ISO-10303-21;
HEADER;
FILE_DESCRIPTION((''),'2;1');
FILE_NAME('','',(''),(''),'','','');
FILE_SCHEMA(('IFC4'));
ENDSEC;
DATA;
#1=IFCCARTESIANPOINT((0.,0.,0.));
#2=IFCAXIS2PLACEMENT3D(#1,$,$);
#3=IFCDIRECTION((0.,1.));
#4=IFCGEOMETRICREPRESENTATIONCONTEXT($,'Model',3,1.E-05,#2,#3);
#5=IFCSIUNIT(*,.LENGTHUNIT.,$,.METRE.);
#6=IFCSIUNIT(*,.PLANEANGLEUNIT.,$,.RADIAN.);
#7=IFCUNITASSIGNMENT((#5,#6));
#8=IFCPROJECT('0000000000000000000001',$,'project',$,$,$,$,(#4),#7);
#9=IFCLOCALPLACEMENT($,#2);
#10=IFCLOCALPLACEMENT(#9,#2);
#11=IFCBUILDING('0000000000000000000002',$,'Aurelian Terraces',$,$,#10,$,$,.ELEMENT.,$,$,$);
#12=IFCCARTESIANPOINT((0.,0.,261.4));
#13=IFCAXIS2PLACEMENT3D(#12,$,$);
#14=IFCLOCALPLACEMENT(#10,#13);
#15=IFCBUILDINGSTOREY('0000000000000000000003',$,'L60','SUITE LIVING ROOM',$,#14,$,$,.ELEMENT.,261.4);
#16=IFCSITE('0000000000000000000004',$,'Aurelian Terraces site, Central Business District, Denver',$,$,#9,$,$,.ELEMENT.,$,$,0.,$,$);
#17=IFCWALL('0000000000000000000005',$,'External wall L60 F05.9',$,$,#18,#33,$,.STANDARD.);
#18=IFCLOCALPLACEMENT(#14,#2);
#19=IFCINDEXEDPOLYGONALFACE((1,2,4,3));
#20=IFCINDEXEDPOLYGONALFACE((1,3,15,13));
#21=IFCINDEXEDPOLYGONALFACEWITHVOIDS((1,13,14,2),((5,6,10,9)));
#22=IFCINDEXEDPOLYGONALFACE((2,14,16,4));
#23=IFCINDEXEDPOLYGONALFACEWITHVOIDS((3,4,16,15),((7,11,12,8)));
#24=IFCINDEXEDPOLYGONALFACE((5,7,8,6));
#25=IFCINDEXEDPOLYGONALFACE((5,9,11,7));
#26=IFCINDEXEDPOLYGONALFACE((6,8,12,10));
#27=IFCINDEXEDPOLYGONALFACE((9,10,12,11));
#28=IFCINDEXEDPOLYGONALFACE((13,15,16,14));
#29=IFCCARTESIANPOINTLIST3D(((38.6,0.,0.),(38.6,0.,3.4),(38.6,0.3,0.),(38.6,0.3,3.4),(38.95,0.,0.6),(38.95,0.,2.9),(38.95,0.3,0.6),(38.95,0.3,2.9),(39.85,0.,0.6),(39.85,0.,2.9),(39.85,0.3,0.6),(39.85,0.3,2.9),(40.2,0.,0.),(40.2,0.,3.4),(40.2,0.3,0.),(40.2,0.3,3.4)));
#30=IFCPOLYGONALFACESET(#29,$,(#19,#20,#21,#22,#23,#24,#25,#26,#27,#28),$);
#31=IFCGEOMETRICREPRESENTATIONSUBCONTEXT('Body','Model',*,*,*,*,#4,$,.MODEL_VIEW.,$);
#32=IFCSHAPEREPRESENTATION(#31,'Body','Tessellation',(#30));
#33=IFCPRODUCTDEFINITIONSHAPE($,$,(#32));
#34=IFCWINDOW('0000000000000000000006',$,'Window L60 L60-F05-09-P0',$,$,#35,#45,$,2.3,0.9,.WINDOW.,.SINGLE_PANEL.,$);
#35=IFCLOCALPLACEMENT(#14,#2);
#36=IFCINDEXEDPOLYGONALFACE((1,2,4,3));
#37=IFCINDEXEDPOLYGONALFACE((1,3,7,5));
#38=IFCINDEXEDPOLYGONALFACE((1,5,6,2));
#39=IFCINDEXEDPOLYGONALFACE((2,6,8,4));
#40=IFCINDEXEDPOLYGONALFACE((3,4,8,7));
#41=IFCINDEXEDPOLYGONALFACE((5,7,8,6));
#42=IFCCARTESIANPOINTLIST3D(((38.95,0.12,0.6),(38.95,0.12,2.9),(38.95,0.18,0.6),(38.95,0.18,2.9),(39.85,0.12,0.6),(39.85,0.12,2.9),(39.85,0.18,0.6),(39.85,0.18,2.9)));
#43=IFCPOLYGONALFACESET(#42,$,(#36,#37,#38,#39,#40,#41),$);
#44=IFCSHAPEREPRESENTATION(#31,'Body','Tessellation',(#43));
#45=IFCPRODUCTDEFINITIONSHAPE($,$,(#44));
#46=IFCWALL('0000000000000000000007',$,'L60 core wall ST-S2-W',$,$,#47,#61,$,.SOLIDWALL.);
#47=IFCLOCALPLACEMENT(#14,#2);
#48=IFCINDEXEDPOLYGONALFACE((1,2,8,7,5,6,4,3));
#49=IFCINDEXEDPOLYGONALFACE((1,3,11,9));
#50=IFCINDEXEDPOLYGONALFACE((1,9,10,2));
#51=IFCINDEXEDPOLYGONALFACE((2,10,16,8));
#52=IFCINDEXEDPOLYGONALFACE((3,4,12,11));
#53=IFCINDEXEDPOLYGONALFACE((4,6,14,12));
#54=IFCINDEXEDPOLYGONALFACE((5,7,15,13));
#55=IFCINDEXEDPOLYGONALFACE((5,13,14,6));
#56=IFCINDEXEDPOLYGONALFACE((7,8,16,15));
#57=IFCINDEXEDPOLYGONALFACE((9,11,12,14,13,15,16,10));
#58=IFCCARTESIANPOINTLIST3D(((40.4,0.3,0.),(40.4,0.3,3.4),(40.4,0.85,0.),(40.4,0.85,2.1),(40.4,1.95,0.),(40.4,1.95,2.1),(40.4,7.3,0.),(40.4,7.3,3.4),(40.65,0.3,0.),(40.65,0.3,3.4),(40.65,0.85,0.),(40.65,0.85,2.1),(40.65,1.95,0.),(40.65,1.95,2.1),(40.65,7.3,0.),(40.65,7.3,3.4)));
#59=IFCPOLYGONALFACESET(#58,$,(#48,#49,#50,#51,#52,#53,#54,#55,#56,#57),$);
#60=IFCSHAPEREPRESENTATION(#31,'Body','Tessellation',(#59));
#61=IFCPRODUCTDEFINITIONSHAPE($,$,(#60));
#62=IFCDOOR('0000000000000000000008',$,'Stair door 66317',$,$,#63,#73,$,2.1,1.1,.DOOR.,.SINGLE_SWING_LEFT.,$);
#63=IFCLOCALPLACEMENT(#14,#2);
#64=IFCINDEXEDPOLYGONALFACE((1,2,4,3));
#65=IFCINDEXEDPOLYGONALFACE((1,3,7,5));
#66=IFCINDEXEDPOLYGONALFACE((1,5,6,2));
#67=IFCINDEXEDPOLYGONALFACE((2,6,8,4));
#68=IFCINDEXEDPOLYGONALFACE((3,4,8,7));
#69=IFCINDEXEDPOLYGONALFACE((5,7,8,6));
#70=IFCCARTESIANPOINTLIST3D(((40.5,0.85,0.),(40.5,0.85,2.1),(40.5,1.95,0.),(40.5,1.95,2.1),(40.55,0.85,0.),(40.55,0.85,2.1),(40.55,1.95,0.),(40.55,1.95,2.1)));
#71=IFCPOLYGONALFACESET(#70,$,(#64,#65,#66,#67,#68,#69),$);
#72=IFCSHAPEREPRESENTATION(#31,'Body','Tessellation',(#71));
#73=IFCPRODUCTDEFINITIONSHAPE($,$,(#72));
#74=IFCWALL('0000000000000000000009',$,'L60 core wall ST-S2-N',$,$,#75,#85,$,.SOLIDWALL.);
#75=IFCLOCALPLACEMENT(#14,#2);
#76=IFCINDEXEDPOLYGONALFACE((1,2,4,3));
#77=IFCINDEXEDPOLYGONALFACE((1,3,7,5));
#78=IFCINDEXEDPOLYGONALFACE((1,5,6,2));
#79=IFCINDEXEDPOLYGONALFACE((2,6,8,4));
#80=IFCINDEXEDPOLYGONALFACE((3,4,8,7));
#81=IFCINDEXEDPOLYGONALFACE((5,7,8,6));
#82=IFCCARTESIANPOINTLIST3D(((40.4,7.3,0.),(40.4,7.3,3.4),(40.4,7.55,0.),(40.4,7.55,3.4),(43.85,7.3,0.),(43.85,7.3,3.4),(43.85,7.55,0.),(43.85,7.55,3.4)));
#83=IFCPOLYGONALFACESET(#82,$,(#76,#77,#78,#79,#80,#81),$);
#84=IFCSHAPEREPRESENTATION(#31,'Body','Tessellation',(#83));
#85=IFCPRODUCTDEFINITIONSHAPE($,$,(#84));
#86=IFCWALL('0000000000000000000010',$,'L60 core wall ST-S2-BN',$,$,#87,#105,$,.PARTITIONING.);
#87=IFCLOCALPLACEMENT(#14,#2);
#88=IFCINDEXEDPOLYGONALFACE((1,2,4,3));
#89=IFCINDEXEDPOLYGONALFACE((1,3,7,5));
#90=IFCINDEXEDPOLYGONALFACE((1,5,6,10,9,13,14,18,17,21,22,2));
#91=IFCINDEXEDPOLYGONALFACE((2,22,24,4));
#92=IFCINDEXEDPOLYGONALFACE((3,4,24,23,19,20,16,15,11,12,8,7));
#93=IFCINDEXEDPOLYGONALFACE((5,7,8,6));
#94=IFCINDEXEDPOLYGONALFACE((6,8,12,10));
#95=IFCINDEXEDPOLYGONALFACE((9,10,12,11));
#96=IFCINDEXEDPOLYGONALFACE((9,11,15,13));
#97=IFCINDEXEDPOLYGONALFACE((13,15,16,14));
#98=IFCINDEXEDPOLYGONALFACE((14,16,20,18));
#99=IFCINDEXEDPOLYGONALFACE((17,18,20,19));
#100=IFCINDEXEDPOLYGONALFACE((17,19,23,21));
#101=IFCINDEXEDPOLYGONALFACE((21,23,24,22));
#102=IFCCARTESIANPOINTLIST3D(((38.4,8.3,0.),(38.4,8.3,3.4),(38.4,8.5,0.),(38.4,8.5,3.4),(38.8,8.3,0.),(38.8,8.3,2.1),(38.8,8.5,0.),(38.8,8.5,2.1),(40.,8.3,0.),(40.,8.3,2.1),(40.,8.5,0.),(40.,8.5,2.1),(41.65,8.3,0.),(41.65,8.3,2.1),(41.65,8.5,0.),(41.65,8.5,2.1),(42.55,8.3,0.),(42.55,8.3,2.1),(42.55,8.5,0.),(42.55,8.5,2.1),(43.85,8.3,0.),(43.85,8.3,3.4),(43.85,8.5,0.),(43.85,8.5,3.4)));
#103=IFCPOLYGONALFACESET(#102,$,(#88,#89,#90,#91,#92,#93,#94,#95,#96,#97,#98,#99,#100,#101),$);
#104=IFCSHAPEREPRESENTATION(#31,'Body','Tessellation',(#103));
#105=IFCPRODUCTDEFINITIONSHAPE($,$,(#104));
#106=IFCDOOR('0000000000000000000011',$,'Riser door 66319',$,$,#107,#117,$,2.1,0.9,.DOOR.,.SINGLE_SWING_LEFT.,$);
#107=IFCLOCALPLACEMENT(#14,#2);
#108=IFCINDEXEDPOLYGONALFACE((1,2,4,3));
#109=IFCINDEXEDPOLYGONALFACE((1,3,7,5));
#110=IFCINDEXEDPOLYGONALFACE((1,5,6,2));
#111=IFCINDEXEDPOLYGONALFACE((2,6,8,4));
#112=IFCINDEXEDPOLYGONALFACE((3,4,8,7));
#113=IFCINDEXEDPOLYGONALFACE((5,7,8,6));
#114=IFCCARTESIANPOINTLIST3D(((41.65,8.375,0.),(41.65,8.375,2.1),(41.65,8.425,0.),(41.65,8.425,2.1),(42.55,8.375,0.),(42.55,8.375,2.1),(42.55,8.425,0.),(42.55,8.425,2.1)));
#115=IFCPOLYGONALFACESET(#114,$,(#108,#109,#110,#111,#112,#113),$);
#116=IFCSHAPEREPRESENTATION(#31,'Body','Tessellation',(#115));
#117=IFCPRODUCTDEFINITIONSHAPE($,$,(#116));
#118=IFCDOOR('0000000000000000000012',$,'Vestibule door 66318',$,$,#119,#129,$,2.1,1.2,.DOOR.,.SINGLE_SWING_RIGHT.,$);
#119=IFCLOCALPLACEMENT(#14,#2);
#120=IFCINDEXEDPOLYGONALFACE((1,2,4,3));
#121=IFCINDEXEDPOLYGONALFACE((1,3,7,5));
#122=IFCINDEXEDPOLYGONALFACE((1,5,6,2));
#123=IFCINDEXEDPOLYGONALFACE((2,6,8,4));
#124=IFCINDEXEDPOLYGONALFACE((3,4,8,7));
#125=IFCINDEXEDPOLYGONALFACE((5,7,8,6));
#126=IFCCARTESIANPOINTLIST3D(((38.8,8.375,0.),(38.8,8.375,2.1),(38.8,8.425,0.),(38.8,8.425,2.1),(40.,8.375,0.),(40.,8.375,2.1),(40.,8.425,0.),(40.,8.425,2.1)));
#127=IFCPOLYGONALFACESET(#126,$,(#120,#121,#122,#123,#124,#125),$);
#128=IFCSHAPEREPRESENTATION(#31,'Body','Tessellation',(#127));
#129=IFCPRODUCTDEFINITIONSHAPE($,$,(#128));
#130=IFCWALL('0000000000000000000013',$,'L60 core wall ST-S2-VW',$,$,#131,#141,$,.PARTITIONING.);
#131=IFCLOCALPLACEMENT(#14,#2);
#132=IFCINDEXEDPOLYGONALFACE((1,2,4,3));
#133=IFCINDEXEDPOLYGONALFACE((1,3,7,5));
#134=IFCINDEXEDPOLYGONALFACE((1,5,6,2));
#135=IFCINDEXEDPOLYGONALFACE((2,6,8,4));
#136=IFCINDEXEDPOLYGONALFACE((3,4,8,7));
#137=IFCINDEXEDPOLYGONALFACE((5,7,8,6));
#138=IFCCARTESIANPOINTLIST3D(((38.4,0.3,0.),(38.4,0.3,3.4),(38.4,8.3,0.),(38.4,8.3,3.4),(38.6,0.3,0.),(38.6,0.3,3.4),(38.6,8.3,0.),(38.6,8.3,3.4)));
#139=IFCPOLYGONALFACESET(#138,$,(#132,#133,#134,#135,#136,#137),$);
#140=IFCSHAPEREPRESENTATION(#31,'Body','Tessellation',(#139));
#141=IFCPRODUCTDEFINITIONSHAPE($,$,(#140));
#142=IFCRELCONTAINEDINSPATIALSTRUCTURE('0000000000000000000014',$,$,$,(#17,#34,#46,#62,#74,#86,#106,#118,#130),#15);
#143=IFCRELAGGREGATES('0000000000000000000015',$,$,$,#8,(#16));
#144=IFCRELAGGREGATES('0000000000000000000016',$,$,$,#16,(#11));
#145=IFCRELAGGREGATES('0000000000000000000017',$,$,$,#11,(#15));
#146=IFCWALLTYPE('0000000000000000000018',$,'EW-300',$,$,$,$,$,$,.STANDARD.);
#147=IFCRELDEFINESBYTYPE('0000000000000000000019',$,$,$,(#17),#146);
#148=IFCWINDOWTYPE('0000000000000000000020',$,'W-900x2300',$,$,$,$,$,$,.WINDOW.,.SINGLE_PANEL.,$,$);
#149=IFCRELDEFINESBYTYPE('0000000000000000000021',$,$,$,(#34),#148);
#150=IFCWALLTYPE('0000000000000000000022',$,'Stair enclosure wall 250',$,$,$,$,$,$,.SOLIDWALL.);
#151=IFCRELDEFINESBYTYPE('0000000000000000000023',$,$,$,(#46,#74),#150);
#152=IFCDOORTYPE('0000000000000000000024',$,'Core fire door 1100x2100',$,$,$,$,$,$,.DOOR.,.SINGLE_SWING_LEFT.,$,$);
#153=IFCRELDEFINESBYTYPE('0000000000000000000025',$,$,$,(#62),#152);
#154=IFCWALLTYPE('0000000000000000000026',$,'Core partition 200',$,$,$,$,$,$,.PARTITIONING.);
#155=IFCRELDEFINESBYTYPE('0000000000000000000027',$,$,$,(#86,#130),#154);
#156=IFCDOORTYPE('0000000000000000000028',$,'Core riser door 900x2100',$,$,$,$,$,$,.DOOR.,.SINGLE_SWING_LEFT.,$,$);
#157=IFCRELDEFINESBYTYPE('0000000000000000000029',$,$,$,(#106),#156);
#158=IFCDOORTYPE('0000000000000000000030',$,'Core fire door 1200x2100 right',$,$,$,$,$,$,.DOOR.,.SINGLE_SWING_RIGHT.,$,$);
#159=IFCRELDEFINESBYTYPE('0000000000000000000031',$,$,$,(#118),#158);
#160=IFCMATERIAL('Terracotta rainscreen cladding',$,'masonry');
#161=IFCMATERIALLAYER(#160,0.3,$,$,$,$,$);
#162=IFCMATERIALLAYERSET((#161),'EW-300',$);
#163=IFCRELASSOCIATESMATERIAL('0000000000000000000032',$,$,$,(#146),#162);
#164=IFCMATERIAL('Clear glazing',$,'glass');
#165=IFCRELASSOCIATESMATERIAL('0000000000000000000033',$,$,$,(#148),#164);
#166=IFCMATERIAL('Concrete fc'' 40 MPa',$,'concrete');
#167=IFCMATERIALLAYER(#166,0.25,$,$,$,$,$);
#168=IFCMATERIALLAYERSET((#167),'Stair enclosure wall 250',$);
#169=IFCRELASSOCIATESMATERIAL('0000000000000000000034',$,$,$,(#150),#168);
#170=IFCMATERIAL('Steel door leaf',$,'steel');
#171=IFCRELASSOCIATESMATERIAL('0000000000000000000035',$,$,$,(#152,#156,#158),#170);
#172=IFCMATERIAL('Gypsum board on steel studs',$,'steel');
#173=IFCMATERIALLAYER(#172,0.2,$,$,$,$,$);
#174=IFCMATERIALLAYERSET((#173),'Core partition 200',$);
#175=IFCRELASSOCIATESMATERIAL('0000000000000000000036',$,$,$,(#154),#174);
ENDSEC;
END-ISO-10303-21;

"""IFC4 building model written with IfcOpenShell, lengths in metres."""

from ifc_helpers import new_model, si_unit, direction, frame, frame_2d, origin, place, context, subcontext, project, spatial, rectangle, extrude, source, transform, mapped, material, layer, layer_set, type_object, element, fill, save


model = new_model("IFC4")

# Units and contexts
model_context = context("Model", 3, precision=1e-05, world=origin(), true_north=direction((0.0, 1.0)))
body_context = subcontext(model_context, "Body", "Model", "MODEL_VIEW")
ifc_project = project(units=[si_unit("LENGTHUNIT", "METRE"), si_unit("PLANEANGLEUNIT", "RADIAN")], contexts=[model_context])

# Site, building, storey
site_placement = place(None, origin())
site = spatial("IfcSite", under=ifc_project, at=site_placement, Name="Aurelian Terraces site, Central Business District, Denver", CompositionType="ELEMENT", RefElevation=0.0)
building_placement = place(site_placement, origin())
building = spatial("IfcBuilding", under=site, at=building_placement, Name="Aurelian Terraces", CompositionType="ELEMENT")
storey_placement = place(building_placement, frame((0.0, 0.0, 261.4)))
storey = spatial("IfcBuildingStorey", under=building, at=storey_placement, Name="L60", Description="SUITE LIVING ROOM", CompositionType="ELEMENT", Elevation=261.4)

# Shared definitions
ifc_material_1 = material(Name="Concrete fc' 40 MPa", Category="concrete")

# Shared definitions
ifc_material_2 = material(Name="Terracotta rainscreen cladding", Category="masonry")
ifc_layer_1 = layer(ifc_material_2, 0.3)
ifc_layer_set_1 = layer_set([ifc_layer_1], Name="EW-300")
wall_type_1 = type_object("IfcWallType", Name="EW-300", PredefinedType="STANDARD", material=ifc_layer_set_1)
ifc_material_3 = material(Name="Clear glazing", Category="glass")

# Wall, opening, window
shared_shape_1 = source(origin(), body_context, "Body", "SweptSolid", [
    extrude(rectangle(XDim=1.6, YDim=0.3, at=frame_2d((0.8, 0.0))), origin(), (0.0, 0.0, 1.0), 3.4),
])
wall_1_placement = place(storey_placement, frame((38.6, 0.15, 0.0), z_axis=(0.0, 0.0, 1.0), x_axis=(1.0, 0.0, 0.0)))
wall_1 = element("IfcWall", 1, at=wall_1_placement, inside=storey, type_object=wall_type_1, Name="External wall L60 F05.9", PredefinedType="STANDARD", context=body_context, shape_type="MappedRepresentation", body=[
    mapped(shared_shape_1, transform((0.0, 0.0, 0.0), scale=1.0)),
])
shared_shape_2 = source(origin(), body_context, "Body", "SweptSolid", [
    extrude(rectangle(XDim=0.9, YDim=2.3, at=frame_2d((0.45, 1.15))), frame((0.0, 0.16, 0.0), z_axis=(0.0, -1.0, 0.0), x_axis=(1.0, 0.0, 0.0)), (0.0, 0.0, 1.0), 0.32),
])
opening_1_placement = place(wall_1_placement, frame((0.35, 0.0, 0.6)))
opening_1 = element("IfcOpeningElement", 2, at=opening_1_placement, cuts=wall_1, PredefinedType="OPENING", context=body_context, shape_type="MappedRepresentation", body=[
    mapped(shared_shape_2, transform((0.0, 0.0, 0.0), scale=1.0)),
])
window_type_1 = type_object("IfcWindowType", Name="W-900x2300", PartitioningType="SINGLE_PANEL", PredefinedType="WINDOW", material=ifc_material_3)
shared_shape_3 = source(origin(), body_context, "Body", "SweptSolid", [
    extrude(rectangle(XDim=0.9, YDim=2.3, at=frame_2d((0.45, 1.15))), frame((0.0, 0.03, 0.0), z_axis=(0.0, -1.0, 0.0), x_axis=(1.0, 0.0, 0.0)), (0.0, 0.0, 1.0), 0.06),
])
window_1_placement = place(opening_1_placement, origin())
window_1 = element("IfcWindow", 3, at=window_1_placement, inside=storey, type_object=window_type_1, Name="Window L60 L60-F05-09-P0", OverallHeight=2.3, OverallWidth=0.9, PartitioningType="SINGLE_PANEL", PredefinedType="WINDOW", context=body_context, shape_type="MappedRepresentation", body=[
    mapped(shared_shape_3, transform((0.0, 0.0, 0.0), scale=1.0)),
])
fill(opening_1, window_1)

# Wall, opening, door
ifc_layer_2 = layer(ifc_material_1, 0.25)
ifc_layer_set_2 = layer_set([ifc_layer_2], Name="Stair enclosure wall 250")
wall_type_2 = type_object("IfcWallType", Name="Stair enclosure wall 250", PredefinedType="SOLIDWALL", material=ifc_layer_set_2)
shared_shape_4 = source(origin(), body_context, "Body", "SweptSolid", [
    extrude(rectangle(XDim=7.0, YDim=0.25, at=frame_2d((3.5, 0.0))), origin(), (0.0, 0.0, 1.0), 3.4),
])
wall_2_placement = place(storey_placement, frame((40.525, 0.3, 0.0), z_axis=(0.0, 0.0, 1.0), x_axis=(0.0, 1.0, 0.0)))
wall_2 = element("IfcWall", 4, at=wall_2_placement, inside=storey, type_object=wall_type_2, Name="L60 core wall ST-S2-W", PredefinedType="SOLIDWALL", context=body_context, shape_type="MappedRepresentation", body=[
    mapped(shared_shape_4, transform((0.0, 0.0, 0.0), scale=1.0)),
])
shared_shape_5 = source(origin(), body_context, "Body", "SweptSolid", [
    extrude(rectangle(XDim=1.1, YDim=2.1, at=frame_2d((0.55, 1.05))), frame((0.0, 0.135, 0.0), z_axis=(0.0, -1.0, 0.0), x_axis=(1.0, 0.0, 0.0)), (0.0, 0.0, 1.0), 0.27),
])
opening_2_placement = place(wall_2_placement, frame((0.55, 0.0, 0.0)))
opening_2 = element("IfcOpeningElement", 5, at=opening_2_placement, cuts=wall_2, PredefinedType="OPENING", context=body_context, shape_type="MappedRepresentation", body=[
    mapped(shared_shape_5, transform((0.0, 0.0, 0.0), scale=1.0)),
])
ifc_material_4 = material(Name="Steel door leaf", Category="steel")
door_type_1 = type_object("IfcDoorType", Name="Core fire door 1100x2100", OperationType="SINGLE_SWING_LEFT", PredefinedType="DOOR", material=ifc_material_4)
shared_shape_6 = source(origin(), body_context, "Body", "SweptSolid", [
    extrude(rectangle(XDim=1.1, YDim=2.1, at=frame_2d((0.55, 1.05))), frame((0.0, 0.025, 0.0), z_axis=(0.0, -1.0, 0.0), x_axis=(1.0, 0.0, 0.0)), (0.0, 0.0, 1.0), 0.05),
])
door_1_placement = place(opening_2_placement, origin())
door_1 = element("IfcDoor", 6, at=door_1_placement, inside=storey, type_object=door_type_1, Name="Stair door 66317", OperationType="SINGLE_SWING_LEFT", OverallHeight=2.1, OverallWidth=1.1, PredefinedType="DOOR", context=body_context, shape_type="MappedRepresentation", body=[
    mapped(shared_shape_6, transform((0.0, 0.0, 0.0), scale=1.0)),
])
fill(opening_2, door_1)

# Wall
shared_shape_7 = source(origin(), body_context, "Body", "SweptSolid", [
    extrude(rectangle(XDim=3.45, YDim=0.25, at=frame_2d((1.725, 0.0))), origin(), (0.0, 0.0, 1.0), 3.4),
])
wall_3_placement = place(storey_placement, frame((40.4, 7.425, 0.0), z_axis=(0.0, 0.0, 1.0), x_axis=(1.0, 0.0, 0.0)))
element("IfcWall", 7, at=wall_3_placement, inside=storey, type_object=wall_type_2, Name="L60 core wall ST-S2-N", PredefinedType="SOLIDWALL", context=body_context, shape_type="MappedRepresentation", body=[
    mapped(shared_shape_7, transform((0.0, 0.0, 0.0), scale=1.0)),
])

# Wall, openings, doors
ifc_material_5 = material(Name="Gypsum board on steel studs", Category="steel")
ifc_layer_3 = layer(ifc_material_5, 0.2)
ifc_layer_set_3 = layer_set([ifc_layer_3], Name="Core partition 200")
wall_type_3 = type_object("IfcWallType", Name="Core partition 200", PredefinedType="PARTITIONING", material=ifc_layer_set_3)
shared_shape_8 = source(origin(), body_context, "Body", "SweptSolid", [
    extrude(rectangle(XDim=5.45, YDim=0.2, at=frame_2d((2.725, 0.0))), origin(), (0.0, 0.0, 1.0), 3.4),
])
wall_4_placement = place(storey_placement, frame((38.4, 8.4, 0.0), z_axis=(0.0, 0.0, 1.0), x_axis=(1.0, 0.0, 0.0)))
wall_4 = element("IfcWall", 8, at=wall_4_placement, inside=storey, type_object=wall_type_3, Name="L60 core wall ST-S2-BN", PredefinedType="PARTITIONING", context=body_context, shape_type="MappedRepresentation", body=[
    mapped(shared_shape_8, transform((0.0, 0.0, 0.0), scale=1.0)),
])
shared_shape_9 = source(origin(), body_context, "Body", "SweptSolid", [
    extrude(rectangle(XDim=1.2, YDim=2.1, at=frame_2d((0.6, 1.05))), frame((0.0, 0.11, 0.0), z_axis=(0.0, -1.0, 0.0), x_axis=(1.0, 0.0, 0.0)), (0.0, 0.0, 1.0), 0.22),
])
opening_3_placement = place(wall_4_placement, frame((0.4, 0.0, 0.0)))
opening_3 = element("IfcOpeningElement", 9, at=opening_3_placement, cuts=wall_4, PredefinedType="OPENING", context=body_context, shape_type="MappedRepresentation", body=[
    mapped(shared_shape_9, transform((0.0, 0.0, 0.0), scale=1.0)),
])
shared_shape_10 = source(origin(), body_context, "Body", "SweptSolid", [
    extrude(rectangle(XDim=0.9, YDim=2.1, at=frame_2d((0.45, 1.05))), frame((0.0, 0.11, 0.0), z_axis=(0.0, -1.0, 0.0), x_axis=(1.0, 0.0, 0.0)), (0.0, 0.0, 1.0), 0.22),
])
opening_4_placement = place(wall_4_placement, frame((3.25, 0.0, 0.0)))
opening_4 = element("IfcOpeningElement", 10, at=opening_4_placement, cuts=wall_4, PredefinedType="OPENING", context=body_context, shape_type="MappedRepresentation", body=[
    mapped(shared_shape_10, transform((0.0, 0.0, 0.0), scale=1.0)),
])
door_type_2 = type_object("IfcDoorType", Name="Core riser door 900x2100", OperationType="SINGLE_SWING_LEFT", PredefinedType="DOOR", material=ifc_material_4)
shared_shape_11 = source(origin(), body_context, "Body", "SweptSolid", [
    extrude(rectangle(XDim=0.9, YDim=2.1, at=frame_2d((0.45, 1.05))), frame((0.0, 0.025, 0.0), z_axis=(0.0, -1.0, 0.0), x_axis=(1.0, 0.0, 0.0)), (0.0, 0.0, 1.0), 0.05),
])
door_2_placement = place(opening_4_placement, origin())
door_2 = element("IfcDoor", 11, at=door_2_placement, inside=storey, type_object=door_type_2, Name="Riser door 66319", OperationType="SINGLE_SWING_LEFT", OverallHeight=2.1, OverallWidth=0.9, PredefinedType="DOOR", context=body_context, shape_type="MappedRepresentation", body=[
    mapped(shared_shape_11, transform((0.0, 0.0, 0.0), scale=1.0)),
])
fill(opening_4, door_2)
door_type_3 = type_object("IfcDoorType", Name="Core fire door 1200x2100 right", OperationType="SINGLE_SWING_RIGHT", PredefinedType="DOOR", material=ifc_material_4)
shared_shape_12 = source(origin(), body_context, "Body", "SweptSolid", [
    extrude(rectangle(XDim=1.2, YDim=2.1, at=frame_2d((0.6, 1.05))), frame((0.0, 0.025, 0.0), z_axis=(0.0, -1.0, 0.0), x_axis=(1.0, 0.0, 0.0)), (0.0, 0.0, 1.0), 0.05),
])
door_3_placement = place(opening_3_placement, origin())
door_3 = element("IfcDoor", 12, at=door_3_placement, inside=storey, type_object=door_type_3, Name="Vestibule door 66318", OperationType="SINGLE_SWING_RIGHT", OverallHeight=2.1, OverallWidth=1.2, PredefinedType="DOOR", context=body_context, shape_type="MappedRepresentation", body=[
    mapped(shared_shape_12, transform((0.0, 0.0, 0.0), scale=1.0)),
])
fill(opening_3, door_3)

# Wall
shared_shape_13 = source(origin(), body_context, "Body", "SweptSolid", [
    extrude(rectangle(XDim=8.0, YDim=0.2, at=frame_2d((4.0, 0.0))), origin(), (0.0, 0.0, 1.0), 3.4),
])
wall_5_placement = place(storey_placement, frame((38.5, 0.3, 0.0), z_axis=(0.0, 0.0, 1.0), x_axis=(0.0, 1.0, 0.0)))
element("IfcWall", 13, at=wall_5_placement, inside=storey, type_object=wall_type_3, Name="L60 core wall ST-S2-VW", PredefinedType="PARTITIONING", context=body_context, shape_type="MappedRepresentation", body=[
    mapped(shared_shape_13, transform((0.0, 0.0, 0.0), scale=1.0)),
])

save(model, "model.ifc")
